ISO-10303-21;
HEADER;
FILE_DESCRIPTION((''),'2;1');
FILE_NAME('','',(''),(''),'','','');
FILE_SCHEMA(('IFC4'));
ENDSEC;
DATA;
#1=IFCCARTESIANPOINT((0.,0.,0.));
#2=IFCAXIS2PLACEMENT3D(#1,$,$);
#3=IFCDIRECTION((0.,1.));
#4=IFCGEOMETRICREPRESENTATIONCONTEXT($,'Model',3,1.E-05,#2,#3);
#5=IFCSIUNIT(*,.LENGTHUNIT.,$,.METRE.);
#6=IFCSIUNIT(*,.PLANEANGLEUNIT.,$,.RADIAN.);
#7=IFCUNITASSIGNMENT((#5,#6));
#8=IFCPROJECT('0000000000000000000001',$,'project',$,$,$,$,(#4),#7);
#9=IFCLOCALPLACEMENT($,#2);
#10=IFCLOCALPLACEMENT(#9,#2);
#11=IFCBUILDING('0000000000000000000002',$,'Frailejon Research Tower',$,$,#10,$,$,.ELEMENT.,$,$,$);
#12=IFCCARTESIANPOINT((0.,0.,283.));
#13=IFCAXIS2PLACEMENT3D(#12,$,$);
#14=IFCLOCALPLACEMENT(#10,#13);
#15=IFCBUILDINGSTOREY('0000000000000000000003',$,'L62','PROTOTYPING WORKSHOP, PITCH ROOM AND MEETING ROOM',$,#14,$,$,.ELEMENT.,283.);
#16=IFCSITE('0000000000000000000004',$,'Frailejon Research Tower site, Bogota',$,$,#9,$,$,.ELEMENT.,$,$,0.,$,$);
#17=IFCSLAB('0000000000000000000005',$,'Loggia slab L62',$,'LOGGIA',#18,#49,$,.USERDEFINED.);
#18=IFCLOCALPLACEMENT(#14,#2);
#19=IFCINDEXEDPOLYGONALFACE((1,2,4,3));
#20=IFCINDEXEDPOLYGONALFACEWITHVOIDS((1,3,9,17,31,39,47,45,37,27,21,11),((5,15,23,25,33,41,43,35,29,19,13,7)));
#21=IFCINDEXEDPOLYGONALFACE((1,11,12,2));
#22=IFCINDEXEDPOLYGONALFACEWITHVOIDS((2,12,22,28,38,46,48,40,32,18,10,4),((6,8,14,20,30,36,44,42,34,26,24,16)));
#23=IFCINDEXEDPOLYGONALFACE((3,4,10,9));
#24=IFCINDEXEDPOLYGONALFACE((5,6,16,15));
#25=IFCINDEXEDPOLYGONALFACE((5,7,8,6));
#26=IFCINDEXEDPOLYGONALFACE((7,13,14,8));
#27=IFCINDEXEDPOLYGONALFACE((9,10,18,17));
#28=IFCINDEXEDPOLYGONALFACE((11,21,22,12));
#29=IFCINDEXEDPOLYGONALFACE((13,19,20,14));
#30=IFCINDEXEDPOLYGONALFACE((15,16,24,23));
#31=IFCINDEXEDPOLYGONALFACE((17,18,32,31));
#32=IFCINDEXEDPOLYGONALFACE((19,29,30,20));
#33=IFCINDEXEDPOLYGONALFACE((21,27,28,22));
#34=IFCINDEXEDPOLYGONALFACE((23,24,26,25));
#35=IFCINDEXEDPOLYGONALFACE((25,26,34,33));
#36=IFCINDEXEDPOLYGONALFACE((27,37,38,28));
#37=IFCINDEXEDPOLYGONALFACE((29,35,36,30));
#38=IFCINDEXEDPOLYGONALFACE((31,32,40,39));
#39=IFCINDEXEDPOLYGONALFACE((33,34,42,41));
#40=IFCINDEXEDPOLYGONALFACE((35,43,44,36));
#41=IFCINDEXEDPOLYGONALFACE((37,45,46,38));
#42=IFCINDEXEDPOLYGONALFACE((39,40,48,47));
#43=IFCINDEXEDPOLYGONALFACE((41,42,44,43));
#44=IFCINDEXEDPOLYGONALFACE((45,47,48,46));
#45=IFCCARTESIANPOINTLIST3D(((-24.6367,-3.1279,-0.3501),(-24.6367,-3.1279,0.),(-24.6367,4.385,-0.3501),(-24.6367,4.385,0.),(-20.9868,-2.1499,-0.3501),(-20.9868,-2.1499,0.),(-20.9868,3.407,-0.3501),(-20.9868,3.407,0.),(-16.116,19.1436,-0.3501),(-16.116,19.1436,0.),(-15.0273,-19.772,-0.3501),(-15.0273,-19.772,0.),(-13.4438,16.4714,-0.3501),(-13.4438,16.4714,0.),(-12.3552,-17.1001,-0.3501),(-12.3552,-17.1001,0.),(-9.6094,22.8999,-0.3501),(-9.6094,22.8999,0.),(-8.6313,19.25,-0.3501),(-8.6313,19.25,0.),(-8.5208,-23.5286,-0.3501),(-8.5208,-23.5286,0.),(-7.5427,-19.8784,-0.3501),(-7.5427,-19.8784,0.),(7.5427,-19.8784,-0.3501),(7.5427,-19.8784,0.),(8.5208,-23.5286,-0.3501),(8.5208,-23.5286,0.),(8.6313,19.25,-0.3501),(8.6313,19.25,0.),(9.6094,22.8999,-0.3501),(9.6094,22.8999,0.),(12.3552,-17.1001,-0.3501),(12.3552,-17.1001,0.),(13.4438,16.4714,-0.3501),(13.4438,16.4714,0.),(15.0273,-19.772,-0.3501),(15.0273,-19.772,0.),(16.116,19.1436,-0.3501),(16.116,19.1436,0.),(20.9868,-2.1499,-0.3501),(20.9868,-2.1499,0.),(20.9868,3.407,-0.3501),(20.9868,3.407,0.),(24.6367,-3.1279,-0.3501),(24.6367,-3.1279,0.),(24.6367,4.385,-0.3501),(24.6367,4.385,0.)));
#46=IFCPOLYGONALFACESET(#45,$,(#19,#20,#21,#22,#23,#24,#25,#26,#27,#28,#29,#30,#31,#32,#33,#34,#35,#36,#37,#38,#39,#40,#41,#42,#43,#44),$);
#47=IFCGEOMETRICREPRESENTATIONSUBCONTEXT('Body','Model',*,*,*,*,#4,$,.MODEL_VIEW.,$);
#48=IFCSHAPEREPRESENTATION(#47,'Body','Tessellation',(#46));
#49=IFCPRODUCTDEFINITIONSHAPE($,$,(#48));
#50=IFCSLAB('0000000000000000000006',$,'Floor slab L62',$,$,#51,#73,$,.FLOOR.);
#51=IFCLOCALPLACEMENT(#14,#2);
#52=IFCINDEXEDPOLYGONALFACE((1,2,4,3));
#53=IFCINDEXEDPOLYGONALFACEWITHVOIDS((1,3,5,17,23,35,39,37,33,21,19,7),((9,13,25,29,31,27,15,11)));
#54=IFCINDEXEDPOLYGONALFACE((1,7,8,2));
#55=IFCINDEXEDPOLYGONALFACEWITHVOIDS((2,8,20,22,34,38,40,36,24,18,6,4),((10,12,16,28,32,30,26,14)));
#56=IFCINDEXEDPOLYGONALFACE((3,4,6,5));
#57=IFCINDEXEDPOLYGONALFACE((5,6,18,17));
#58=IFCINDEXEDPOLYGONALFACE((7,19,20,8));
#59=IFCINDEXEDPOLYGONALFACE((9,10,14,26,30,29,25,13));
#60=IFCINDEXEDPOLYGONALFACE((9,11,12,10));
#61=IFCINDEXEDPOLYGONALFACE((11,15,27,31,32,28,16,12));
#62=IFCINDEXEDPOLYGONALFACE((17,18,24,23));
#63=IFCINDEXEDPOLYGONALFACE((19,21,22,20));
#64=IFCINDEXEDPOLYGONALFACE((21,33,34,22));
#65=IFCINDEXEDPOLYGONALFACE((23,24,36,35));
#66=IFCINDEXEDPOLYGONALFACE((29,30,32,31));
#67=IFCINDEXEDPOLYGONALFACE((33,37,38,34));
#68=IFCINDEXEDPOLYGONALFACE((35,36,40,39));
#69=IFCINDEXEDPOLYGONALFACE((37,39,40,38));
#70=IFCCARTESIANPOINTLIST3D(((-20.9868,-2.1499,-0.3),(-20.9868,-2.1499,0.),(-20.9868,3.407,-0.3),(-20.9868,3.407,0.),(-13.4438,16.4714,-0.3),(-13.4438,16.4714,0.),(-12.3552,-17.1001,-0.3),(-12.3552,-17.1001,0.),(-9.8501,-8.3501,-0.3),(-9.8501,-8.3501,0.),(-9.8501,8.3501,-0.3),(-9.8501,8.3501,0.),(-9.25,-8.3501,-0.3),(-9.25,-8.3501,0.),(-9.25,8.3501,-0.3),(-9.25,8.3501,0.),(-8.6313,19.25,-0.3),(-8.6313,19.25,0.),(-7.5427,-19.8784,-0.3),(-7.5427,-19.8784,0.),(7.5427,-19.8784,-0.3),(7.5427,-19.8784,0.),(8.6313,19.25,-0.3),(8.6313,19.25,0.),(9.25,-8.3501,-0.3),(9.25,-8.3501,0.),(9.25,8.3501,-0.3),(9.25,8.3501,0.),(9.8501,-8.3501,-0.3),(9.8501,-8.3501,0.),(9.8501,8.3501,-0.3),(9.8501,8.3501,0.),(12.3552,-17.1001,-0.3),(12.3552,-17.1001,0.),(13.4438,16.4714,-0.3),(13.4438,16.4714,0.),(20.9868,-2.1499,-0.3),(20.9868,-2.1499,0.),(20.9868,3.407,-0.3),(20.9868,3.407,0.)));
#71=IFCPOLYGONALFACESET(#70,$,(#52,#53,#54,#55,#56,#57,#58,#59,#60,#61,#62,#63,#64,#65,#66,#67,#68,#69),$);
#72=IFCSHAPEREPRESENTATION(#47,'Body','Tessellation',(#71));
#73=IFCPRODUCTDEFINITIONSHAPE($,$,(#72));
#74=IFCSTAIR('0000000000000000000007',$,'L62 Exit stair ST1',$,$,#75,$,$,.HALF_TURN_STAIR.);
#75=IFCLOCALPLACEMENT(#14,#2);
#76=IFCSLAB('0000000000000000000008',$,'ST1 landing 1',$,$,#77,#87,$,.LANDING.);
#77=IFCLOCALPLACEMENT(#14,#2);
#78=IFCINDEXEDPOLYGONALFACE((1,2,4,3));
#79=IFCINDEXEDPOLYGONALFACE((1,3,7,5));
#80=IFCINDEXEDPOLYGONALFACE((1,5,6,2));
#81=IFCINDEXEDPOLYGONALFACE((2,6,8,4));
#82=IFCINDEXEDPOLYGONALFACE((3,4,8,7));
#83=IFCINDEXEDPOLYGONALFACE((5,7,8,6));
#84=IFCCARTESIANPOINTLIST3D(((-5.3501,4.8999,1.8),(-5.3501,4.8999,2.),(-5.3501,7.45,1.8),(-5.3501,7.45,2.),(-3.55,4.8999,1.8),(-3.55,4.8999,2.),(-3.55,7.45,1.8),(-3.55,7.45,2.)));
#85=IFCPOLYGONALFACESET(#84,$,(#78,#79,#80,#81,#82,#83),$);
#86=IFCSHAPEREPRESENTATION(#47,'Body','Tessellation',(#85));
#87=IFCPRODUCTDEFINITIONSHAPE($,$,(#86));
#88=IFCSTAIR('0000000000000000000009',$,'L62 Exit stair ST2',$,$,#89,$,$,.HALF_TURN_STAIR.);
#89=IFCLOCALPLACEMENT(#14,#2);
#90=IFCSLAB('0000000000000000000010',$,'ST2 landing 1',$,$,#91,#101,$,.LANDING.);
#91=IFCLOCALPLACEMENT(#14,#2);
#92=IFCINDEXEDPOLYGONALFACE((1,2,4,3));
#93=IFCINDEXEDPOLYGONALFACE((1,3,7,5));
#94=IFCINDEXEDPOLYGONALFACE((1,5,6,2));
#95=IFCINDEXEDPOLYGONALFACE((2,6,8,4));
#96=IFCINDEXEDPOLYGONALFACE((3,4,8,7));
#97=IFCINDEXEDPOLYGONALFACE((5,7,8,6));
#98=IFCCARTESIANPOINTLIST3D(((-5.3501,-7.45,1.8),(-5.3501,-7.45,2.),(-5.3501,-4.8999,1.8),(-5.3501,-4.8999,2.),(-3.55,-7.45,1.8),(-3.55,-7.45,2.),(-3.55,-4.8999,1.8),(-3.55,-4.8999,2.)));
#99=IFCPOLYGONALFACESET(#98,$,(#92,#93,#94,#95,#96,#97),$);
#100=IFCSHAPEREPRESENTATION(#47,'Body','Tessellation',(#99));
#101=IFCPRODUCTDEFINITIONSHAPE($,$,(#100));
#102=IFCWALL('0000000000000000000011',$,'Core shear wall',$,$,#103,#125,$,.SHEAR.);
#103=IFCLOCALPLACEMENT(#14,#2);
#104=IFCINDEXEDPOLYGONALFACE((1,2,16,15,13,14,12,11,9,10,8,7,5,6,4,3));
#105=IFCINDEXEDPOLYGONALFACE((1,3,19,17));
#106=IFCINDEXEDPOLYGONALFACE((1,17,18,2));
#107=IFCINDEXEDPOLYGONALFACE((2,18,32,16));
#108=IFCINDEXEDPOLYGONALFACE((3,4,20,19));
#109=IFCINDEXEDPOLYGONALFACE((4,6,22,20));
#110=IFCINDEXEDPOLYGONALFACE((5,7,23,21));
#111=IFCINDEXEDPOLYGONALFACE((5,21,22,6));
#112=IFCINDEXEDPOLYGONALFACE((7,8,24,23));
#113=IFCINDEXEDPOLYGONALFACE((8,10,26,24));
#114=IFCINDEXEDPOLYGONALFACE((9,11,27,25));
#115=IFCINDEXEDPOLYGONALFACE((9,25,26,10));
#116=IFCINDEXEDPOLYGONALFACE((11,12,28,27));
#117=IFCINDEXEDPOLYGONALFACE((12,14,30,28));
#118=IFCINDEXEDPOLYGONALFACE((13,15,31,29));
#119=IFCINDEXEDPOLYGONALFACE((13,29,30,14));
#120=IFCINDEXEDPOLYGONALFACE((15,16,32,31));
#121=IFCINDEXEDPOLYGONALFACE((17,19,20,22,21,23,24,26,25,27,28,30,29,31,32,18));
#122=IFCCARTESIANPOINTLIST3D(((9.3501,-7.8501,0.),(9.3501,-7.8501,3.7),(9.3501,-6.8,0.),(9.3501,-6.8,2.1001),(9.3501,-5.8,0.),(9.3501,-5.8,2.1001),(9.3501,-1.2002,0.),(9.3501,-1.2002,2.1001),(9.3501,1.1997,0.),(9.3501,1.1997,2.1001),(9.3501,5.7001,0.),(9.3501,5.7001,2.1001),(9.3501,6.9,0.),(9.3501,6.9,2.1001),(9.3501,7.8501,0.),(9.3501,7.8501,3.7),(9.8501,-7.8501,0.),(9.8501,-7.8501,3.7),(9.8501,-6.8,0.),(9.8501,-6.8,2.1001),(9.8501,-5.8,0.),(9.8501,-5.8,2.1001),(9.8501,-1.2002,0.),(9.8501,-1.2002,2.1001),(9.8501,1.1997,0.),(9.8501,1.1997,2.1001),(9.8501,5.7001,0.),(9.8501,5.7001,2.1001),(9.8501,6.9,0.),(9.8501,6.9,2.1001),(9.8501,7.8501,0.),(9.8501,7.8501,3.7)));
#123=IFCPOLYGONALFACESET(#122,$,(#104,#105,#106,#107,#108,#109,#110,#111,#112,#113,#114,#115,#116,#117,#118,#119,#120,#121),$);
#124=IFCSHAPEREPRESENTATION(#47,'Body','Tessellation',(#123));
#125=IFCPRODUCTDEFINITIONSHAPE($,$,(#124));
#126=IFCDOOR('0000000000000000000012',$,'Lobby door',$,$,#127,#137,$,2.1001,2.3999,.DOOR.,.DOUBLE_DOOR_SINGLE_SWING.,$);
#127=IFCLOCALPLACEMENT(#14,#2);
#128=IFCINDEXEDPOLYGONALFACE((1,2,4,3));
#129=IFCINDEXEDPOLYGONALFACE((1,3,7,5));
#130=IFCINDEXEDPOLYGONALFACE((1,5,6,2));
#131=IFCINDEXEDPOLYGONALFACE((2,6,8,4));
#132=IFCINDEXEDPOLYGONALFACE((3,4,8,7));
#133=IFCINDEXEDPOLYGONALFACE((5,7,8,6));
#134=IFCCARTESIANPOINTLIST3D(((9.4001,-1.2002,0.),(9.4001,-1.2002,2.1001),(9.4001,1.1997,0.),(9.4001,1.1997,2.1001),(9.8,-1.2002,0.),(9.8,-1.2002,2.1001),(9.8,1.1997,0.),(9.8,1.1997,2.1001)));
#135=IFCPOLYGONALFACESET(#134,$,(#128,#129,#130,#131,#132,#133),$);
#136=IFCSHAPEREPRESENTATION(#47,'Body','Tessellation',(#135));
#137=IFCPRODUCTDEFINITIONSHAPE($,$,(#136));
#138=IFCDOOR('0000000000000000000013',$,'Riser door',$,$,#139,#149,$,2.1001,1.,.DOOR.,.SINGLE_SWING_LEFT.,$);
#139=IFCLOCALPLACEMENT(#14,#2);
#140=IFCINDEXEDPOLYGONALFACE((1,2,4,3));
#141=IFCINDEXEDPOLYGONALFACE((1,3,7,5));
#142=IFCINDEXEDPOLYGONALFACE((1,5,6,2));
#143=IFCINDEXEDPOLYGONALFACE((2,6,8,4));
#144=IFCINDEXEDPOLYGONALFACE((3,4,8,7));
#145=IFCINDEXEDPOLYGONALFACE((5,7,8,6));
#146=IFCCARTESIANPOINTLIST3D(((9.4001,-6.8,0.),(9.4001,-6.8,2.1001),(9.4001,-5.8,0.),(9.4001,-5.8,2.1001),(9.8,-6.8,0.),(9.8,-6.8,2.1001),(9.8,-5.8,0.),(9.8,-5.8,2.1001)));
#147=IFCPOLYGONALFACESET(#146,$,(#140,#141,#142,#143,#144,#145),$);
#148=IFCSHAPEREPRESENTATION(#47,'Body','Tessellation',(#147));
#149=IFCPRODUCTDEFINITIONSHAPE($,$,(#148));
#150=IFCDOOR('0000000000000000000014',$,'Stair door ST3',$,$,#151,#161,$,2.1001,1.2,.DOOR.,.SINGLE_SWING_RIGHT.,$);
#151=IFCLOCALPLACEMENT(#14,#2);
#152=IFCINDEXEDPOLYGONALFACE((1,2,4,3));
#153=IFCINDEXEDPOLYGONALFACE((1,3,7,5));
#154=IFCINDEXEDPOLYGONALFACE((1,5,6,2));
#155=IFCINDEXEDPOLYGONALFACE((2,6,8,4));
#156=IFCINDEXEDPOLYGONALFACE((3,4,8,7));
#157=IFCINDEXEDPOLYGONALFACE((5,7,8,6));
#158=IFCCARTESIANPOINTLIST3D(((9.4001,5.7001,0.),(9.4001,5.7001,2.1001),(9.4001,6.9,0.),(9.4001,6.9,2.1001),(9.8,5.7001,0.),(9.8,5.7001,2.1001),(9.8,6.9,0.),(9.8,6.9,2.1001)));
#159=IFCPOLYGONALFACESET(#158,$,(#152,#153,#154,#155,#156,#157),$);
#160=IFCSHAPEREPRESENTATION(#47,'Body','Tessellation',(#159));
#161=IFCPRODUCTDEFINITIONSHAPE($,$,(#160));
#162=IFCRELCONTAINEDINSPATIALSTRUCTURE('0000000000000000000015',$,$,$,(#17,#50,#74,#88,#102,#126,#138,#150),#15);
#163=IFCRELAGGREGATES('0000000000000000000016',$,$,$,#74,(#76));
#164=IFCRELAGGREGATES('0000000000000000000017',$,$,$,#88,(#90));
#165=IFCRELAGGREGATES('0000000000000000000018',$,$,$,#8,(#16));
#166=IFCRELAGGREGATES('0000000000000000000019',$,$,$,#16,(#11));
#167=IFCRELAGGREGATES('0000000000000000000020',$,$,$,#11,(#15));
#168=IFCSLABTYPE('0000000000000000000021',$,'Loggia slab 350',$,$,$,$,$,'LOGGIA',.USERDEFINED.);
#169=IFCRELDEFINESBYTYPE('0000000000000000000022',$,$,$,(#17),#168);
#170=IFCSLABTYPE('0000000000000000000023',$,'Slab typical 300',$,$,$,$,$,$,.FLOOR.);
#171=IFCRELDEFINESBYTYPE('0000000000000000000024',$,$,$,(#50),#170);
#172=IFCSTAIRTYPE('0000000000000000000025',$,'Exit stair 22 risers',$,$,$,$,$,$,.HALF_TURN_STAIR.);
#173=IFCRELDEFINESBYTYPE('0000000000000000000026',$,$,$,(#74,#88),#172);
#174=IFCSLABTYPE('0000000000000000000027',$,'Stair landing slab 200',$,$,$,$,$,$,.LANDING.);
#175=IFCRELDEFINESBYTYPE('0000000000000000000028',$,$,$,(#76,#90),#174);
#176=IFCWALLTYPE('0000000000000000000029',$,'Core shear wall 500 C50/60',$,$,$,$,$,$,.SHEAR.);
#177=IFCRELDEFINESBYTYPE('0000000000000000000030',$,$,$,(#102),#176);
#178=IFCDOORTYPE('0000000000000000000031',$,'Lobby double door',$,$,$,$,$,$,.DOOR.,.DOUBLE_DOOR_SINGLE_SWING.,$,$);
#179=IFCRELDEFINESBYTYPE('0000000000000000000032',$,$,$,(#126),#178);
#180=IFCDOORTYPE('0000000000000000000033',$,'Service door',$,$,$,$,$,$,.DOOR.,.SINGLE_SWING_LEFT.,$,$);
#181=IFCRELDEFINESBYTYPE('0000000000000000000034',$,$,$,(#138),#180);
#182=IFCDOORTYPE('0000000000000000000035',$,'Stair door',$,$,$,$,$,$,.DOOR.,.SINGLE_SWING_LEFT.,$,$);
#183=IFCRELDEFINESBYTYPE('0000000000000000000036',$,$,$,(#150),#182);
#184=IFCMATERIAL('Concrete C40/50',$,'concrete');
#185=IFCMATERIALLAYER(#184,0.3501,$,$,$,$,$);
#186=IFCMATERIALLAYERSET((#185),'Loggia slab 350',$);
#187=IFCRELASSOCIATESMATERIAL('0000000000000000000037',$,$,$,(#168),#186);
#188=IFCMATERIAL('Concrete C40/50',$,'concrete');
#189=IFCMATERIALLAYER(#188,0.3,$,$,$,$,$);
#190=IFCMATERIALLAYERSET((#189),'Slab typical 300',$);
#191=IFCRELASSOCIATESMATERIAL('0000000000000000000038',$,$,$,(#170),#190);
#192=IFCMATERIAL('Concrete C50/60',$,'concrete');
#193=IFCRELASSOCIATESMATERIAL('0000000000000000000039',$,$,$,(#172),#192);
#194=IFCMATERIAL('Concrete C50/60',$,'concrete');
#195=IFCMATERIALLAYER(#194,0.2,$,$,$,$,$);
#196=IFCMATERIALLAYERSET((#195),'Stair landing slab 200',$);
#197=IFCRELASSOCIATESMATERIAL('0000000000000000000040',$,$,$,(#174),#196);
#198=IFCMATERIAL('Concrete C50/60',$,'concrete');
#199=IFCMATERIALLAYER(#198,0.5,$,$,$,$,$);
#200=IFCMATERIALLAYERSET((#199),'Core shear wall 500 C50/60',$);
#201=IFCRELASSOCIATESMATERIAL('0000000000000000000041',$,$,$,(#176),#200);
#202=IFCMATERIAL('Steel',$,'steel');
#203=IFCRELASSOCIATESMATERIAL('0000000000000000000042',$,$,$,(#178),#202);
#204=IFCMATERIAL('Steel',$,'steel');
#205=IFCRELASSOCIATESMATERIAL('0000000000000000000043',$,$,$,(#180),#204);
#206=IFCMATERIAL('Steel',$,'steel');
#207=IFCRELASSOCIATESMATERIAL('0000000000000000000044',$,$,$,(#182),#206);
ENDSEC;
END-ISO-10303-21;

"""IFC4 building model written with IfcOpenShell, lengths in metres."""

from ifc_helpers import new_model, si_unit, direction, frame, frame_2d, origin, place, context, subcontext, project, spatial, polyline, rectangle, outline, extrude, material, layer, layer_set, type_object, element, fill, aggregate, save


model = new_model("IFC4")

# Units and contexts
model_context = context("Model", 3, precision=1e-05, world=origin(), true_north=direction((0.0, 1.0)))
body_context = subcontext(model_context, "Body", "Model", "MODEL_VIEW")
ifc_project = project(units=[si_unit("LENGTHUNIT", "METRE"), si_unit("PLANEANGLEUNIT", "RADIAN")], contexts=[model_context])

# Site, building, storey
site_placement = place(None, origin())
site = spatial("IfcSite", under=ifc_project, at=site_placement, Name="Frailejon Research Tower site, Bogota", CompositionType="ELEMENT", RefElevation=0.0)
building_placement = place(site_placement, origin())
building = spatial("IfcBuilding", under=site, at=building_placement, Name="Frailejon Research Tower", CompositionType="ELEMENT")
storey_placement = place(building_placement, frame((0.0, 0.0, 283.0)))
storey = spatial("IfcBuildingStorey", under=building, at=storey_placement, Name="L62", Description="PROTOTYPING WORKSHOP, PITCH ROOM AND MEETING ROOM", CompositionType="ELEMENT", Elevation=283.0)

# Slabs
ifc_material_1 = material(Name="Concrete C40/50", Category="concrete")
ifc_layer_1 = layer(ifc_material_1, 0.3501)
ifc_layer_set_1 = layer_set([ifc_layer_1], Name="Loggia slab 350")
slab_type_1 = type_object("IfcSlabType", Name="Loggia slab 350", ElementType="LOGGIA", PredefinedType="USERDEFINED", material=ifc_layer_set_1)
slab_1_placement = place(storey_placement, frame((0.0, 0.0, -0.3501)))
element("IfcSlab", 1, at=slab_1_placement, inside=storey, type_object=slab_type_1, Name="Loggia slab L62", ObjectType="LOGGIA", PredefinedType="USERDEFINED", context=body_context, shape_type="SweptSolid", body=[
    extrude(outline(polyline([(15.0273, -19.772), (8.5208, -23.5286), (-8.5208, -23.5286), (-15.0273, -19.772), (-24.6367, -3.1279), (-24.6367, 4.385), (-16.116, 19.1436), (-9.6094, 22.8999), (9.6094, 22.8999), (16.116, 19.1436), (24.6367, 4.385), (24.6367, -3.1279), (15.0273, -19.772)]), holes=[polyline([(20.9868, 3.407), (13.4438, 16.4714), (8.6313, 19.25), (-8.6313, 19.25), (-13.4438, 16.4714), (-20.9868, 3.407), (-20.9868, -2.1499), (-12.3552, -17.1001), (-7.5427, -19.8784), (7.5427, -19.8784), (12.3552, -17.1001), (20.9868, -2.1499), (20.9868, 3.407)])]), origin(), (0.0, 0.0, 1.0), 0.3501),
])
ifc_material_2 = material(Name="Concrete C40/50", Category="concrete")
ifc_layer_2 = layer(ifc_material_2, 0.3)
ifc_layer_set_2 = layer_set([ifc_layer_2], Name="Slab typical 300")
slab_type_2 = type_object("IfcSlabType", Name="Slab typical 300", PredefinedType="FLOOR", material=ifc_layer_set_2)
slab_2_placement = place(storey_placement, frame((0.0, 0.0, -0.3)))
element("IfcSlab", 2, at=slab_2_placement, inside=storey, type_object=slab_type_2, Name="Floor slab L62", PredefinedType="FLOOR", context=body_context, shape_type="SweptSolid", body=[
    extrude(outline(polyline([(20.9868, -2.1499), (20.9868, 3.407), (13.4438, 16.4714), (8.6313, 19.25), (-8.6313, 19.25), (-13.4438, 16.4714), (-20.9868, 3.407), (-20.9868, -2.1499), (-12.3552, -17.1001), (-7.5427, -19.8784), (7.5427, -19.8784), (12.3552, -17.1001), (20.9868, -2.1499)]), holes=[polyline([(9.25, 8.3501), (9.8501, 8.3501), (9.8501, -8.3501), (9.25, -8.3501), (-9.25, -8.3501), (-9.8501, -8.3501), (-9.8501, 8.3501), (-9.25, 8.3501), (9.25, 8.3501)])]), origin(), (0.0, 0.0, 1.0), 0.3),
])

# Stairs, slabs
ifc_material_3 = material(Name="Concrete C50/60", Category="concrete")
stair_type = type_object("IfcStairType", Name="Exit stair 22 risers", PredefinedType="HALF_TURN_STAIR", material=ifc_material_3)
stair_1_placement = place(storey_placement, origin())
stair_1 = element("IfcStair", 3, at=stair_1_placement, inside=storey, type_object=stair_type, Name="L62 Exit stair ST1", PredefinedType="HALF_TURN_STAIR")
ifc_material_4 = material(Name="Concrete C50/60", Category="concrete")
ifc_layer_3 = layer(ifc_material_4, 0.2)
ifc_layer_set_3 = layer_set([ifc_layer_3], Name="Stair landing slab 200")
slab_type_3 = type_object("IfcSlabType", Name="Stair landing slab 200", PredefinedType="LANDING", material=ifc_layer_set_3)
slab_3_placement = place(storey_placement, frame((0.0, 0.0, 1.8)))
slab_3 = element("IfcSlab", 4, at=slab_3_placement, type_object=slab_type_3, Name="ST1 landing 1", PredefinedType="LANDING", context=body_context, shape_type="SweptSolid", body=[
    extrude(outline(polyline([(-5.3501, 4.8999), (-3.55, 4.8999), (-3.55, 7.45), (-5.3501, 7.45), (-5.3501, 4.8999)])), origin(), (0.0, 0.0, 1.0), 0.2),
])
aggregate(stair_1, [slab_3])
stair_2_placement = place(storey_placement, origin())
stair_2 = element("IfcStair", 5, at=stair_2_placement, inside=storey, type_object=stair_type, Name="L62 Exit stair ST2", PredefinedType="HALF_TURN_STAIR")
slab_4_placement = place(storey_placement, frame((0.0, 0.0, 1.8)))
slab_4 = element("IfcSlab", 6, at=slab_4_placement, type_object=slab_type_3, Name="ST2 landing 1", PredefinedType="LANDING", context=body_context, shape_type="SweptSolid", body=[
    extrude(outline(polyline([(-5.3501, -7.45), (-3.55, -7.45), (-3.55, -4.8999), (-5.3501, -4.8999), (-5.3501, -7.45)])), origin(), (0.0, 0.0, 1.0), 0.2),
])
aggregate(stair_2, [slab_4])

# Wall, openings, doors
ifc_material_5 = material(Name="Concrete C50/60", Category="concrete")
ifc_layer_4 = layer(ifc_material_5, 0.5)
ifc_layer_set_4 = layer_set([ifc_layer_4], Name="Core shear wall 500 C50/60")
wall_type_1 = type_object("IfcWallType", Name="Core shear wall 500 C50/60", PredefinedType="SHEAR", material=ifc_layer_set_4)
wall_1_placement = place(storey_placement, frame((9.6001, -7.8501, 0.0), z_axis=(0.0, 0.0, 1.0), x_axis=(0.0, 1.0, 0.0)))
wall_1 = element("IfcWall", 7, at=wall_1_placement, inside=storey, type_object=wall_type_1, Name="Core shear wall", PredefinedType="SHEAR", context=body_context, shape_type="SweptSolid", body=[
    extrude(rectangle(XDim=15.7002, YDim=0.5, at=frame_2d((7.8501, 0.0))), origin(), (0.0, 0.0, 1.0), 3.7),
])
opening_1_placement = place(wall_1_placement, frame((6.6499, 0.0, 0.0)))
opening_1 = element("IfcOpeningElement", 8, at=opening_1_placement, cuts=wall_1, PredefinedType="OPENING", context=body_context, shape_type="SweptSolid", body=[
    extrude(rectangle(XDim=2.3999, YDim=2.1001, at=frame_2d((1.2, 1.05))), frame((0.0, 0.26, 0.0), z_axis=(0.0, -1.0, 0.0), x_axis=(1.0, 0.0, 0.0)), (0.0, 0.0, 1.0), 0.52),
])
opening_2_placement = place(wall_1_placement, frame((13.55, 0.0, 0.0)))
opening_2 = element("IfcOpeningElement", 9, at=opening_2_placement, cuts=wall_1, PredefinedType="OPENING", context=body_context, shape_type="SweptSolid", body=[
    extrude(rectangle(XDim=1.2, YDim=2.1001, at=frame_2d((0.6001, 1.05))), frame((0.0, 0.26, 0.0), z_axis=(0.0, -1.0, 0.0), x_axis=(1.0, 0.0, 0.0)), (0.0, 0.0, 1.0), 0.52),
])
opening_3_placement = place(wall_1_placement, frame((1.05, 0.0, 0.0)))
opening_3 = element("IfcOpeningElement", 10, at=opening_3_placement, cuts=wall_1, PredefinedType="OPENING", context=body_context, shape_type="SweptSolid", body=[
    extrude(rectangle(XDim=1.0, YDim=2.1001, at=frame_2d((0.5, 1.05))), frame((0.0, 0.26, 0.0), z_axis=(0.0, -1.0, 0.0), x_axis=(1.0, 0.0, 0.0)), (0.0, 0.0, 1.0), 0.52),
])
ifc_material_6 = material(Name="Steel", Category="steel")
door_type_1 = type_object("IfcDoorType", Name="Lobby double door", OperationType="DOUBLE_DOOR_SINGLE_SWING", PredefinedType="DOOR", material=ifc_material_6)
door_1_placement = place(opening_1_placement, origin())
door_1 = element("IfcDoor", 11, at=door_1_placement, inside=storey, type_object=door_type_1, Name="Lobby door", OperationType="DOUBLE_DOOR_SINGLE_SWING", OverallHeight=2.1001, OverallWidth=2.3999, PredefinedType="DOOR", context=body_context, shape_type="SweptSolid", body=[
    extrude(rectangle(XDim=2.3999, YDim=2.1001, at=frame_2d((1.2, 1.05))), frame((0.0, 0.2, 0.0), z_axis=(0.0, -1.0, 0.0), x_axis=(1.0, 0.0, 0.0)), (0.0, 0.0, 1.0), 0.3999),
])
fill(opening_1, door_1)
ifc_material_7 = material(Name="Steel", Category="steel")
door_type_2 = type_object("IfcDoorType", Name="Service door", OperationType="SINGLE_SWING_LEFT", PredefinedType="DOOR", material=ifc_material_7)
door_2_placement = place(opening_3_placement, origin())
door_2 = element("IfcDoor", 12, at=door_2_placement, inside=storey, type_object=door_type_2, Name="Riser door", OperationType="SINGLE_SWING_LEFT", OverallHeight=2.1001, OverallWidth=1.0, PredefinedType="DOOR", context=body_context, shape_type="SweptSolid", body=[
    extrude(rectangle(XDim=1.0, YDim=2.1001, at=frame_2d((0.5, 1.05))), frame((0.0, 0.2, 0.0), z_axis=(0.0, -1.0, 0.0), x_axis=(1.0, 0.0, 0.0)), (0.0, 0.0, 1.0), 0.3999),
])
fill(opening_3, door_2)
ifc_material_8 = material(Name="Steel", Category="steel")
door_type_3 = type_object("IfcDoorType", Name="Stair door", OperationType="SINGLE_SWING_LEFT", PredefinedType="DOOR", material=ifc_material_8)
door_3_placement = place(opening_2_placement, origin())
door_3 = element("IfcDoor", 13, at=door_3_placement, inside=storey, type_object=door_type_3, Name="Stair door ST3", OperationType="SINGLE_SWING_RIGHT", OverallHeight=2.1001, OverallWidth=1.2, PredefinedType="DOOR", context=body_context, shape_type="SweptSolid", body=[
    extrude(rectangle(XDim=1.2, YDim=2.1001, at=frame_2d((0.6001, 1.05))), frame((0.0, 0.2, 0.0), z_axis=(0.0, -1.0, 0.0), x_axis=(1.0, 0.0, 0.0)), (0.0, 0.0, 1.0), 0.3999),
])
fill(opening_2, door_3)

save(model, "model.ifc")
